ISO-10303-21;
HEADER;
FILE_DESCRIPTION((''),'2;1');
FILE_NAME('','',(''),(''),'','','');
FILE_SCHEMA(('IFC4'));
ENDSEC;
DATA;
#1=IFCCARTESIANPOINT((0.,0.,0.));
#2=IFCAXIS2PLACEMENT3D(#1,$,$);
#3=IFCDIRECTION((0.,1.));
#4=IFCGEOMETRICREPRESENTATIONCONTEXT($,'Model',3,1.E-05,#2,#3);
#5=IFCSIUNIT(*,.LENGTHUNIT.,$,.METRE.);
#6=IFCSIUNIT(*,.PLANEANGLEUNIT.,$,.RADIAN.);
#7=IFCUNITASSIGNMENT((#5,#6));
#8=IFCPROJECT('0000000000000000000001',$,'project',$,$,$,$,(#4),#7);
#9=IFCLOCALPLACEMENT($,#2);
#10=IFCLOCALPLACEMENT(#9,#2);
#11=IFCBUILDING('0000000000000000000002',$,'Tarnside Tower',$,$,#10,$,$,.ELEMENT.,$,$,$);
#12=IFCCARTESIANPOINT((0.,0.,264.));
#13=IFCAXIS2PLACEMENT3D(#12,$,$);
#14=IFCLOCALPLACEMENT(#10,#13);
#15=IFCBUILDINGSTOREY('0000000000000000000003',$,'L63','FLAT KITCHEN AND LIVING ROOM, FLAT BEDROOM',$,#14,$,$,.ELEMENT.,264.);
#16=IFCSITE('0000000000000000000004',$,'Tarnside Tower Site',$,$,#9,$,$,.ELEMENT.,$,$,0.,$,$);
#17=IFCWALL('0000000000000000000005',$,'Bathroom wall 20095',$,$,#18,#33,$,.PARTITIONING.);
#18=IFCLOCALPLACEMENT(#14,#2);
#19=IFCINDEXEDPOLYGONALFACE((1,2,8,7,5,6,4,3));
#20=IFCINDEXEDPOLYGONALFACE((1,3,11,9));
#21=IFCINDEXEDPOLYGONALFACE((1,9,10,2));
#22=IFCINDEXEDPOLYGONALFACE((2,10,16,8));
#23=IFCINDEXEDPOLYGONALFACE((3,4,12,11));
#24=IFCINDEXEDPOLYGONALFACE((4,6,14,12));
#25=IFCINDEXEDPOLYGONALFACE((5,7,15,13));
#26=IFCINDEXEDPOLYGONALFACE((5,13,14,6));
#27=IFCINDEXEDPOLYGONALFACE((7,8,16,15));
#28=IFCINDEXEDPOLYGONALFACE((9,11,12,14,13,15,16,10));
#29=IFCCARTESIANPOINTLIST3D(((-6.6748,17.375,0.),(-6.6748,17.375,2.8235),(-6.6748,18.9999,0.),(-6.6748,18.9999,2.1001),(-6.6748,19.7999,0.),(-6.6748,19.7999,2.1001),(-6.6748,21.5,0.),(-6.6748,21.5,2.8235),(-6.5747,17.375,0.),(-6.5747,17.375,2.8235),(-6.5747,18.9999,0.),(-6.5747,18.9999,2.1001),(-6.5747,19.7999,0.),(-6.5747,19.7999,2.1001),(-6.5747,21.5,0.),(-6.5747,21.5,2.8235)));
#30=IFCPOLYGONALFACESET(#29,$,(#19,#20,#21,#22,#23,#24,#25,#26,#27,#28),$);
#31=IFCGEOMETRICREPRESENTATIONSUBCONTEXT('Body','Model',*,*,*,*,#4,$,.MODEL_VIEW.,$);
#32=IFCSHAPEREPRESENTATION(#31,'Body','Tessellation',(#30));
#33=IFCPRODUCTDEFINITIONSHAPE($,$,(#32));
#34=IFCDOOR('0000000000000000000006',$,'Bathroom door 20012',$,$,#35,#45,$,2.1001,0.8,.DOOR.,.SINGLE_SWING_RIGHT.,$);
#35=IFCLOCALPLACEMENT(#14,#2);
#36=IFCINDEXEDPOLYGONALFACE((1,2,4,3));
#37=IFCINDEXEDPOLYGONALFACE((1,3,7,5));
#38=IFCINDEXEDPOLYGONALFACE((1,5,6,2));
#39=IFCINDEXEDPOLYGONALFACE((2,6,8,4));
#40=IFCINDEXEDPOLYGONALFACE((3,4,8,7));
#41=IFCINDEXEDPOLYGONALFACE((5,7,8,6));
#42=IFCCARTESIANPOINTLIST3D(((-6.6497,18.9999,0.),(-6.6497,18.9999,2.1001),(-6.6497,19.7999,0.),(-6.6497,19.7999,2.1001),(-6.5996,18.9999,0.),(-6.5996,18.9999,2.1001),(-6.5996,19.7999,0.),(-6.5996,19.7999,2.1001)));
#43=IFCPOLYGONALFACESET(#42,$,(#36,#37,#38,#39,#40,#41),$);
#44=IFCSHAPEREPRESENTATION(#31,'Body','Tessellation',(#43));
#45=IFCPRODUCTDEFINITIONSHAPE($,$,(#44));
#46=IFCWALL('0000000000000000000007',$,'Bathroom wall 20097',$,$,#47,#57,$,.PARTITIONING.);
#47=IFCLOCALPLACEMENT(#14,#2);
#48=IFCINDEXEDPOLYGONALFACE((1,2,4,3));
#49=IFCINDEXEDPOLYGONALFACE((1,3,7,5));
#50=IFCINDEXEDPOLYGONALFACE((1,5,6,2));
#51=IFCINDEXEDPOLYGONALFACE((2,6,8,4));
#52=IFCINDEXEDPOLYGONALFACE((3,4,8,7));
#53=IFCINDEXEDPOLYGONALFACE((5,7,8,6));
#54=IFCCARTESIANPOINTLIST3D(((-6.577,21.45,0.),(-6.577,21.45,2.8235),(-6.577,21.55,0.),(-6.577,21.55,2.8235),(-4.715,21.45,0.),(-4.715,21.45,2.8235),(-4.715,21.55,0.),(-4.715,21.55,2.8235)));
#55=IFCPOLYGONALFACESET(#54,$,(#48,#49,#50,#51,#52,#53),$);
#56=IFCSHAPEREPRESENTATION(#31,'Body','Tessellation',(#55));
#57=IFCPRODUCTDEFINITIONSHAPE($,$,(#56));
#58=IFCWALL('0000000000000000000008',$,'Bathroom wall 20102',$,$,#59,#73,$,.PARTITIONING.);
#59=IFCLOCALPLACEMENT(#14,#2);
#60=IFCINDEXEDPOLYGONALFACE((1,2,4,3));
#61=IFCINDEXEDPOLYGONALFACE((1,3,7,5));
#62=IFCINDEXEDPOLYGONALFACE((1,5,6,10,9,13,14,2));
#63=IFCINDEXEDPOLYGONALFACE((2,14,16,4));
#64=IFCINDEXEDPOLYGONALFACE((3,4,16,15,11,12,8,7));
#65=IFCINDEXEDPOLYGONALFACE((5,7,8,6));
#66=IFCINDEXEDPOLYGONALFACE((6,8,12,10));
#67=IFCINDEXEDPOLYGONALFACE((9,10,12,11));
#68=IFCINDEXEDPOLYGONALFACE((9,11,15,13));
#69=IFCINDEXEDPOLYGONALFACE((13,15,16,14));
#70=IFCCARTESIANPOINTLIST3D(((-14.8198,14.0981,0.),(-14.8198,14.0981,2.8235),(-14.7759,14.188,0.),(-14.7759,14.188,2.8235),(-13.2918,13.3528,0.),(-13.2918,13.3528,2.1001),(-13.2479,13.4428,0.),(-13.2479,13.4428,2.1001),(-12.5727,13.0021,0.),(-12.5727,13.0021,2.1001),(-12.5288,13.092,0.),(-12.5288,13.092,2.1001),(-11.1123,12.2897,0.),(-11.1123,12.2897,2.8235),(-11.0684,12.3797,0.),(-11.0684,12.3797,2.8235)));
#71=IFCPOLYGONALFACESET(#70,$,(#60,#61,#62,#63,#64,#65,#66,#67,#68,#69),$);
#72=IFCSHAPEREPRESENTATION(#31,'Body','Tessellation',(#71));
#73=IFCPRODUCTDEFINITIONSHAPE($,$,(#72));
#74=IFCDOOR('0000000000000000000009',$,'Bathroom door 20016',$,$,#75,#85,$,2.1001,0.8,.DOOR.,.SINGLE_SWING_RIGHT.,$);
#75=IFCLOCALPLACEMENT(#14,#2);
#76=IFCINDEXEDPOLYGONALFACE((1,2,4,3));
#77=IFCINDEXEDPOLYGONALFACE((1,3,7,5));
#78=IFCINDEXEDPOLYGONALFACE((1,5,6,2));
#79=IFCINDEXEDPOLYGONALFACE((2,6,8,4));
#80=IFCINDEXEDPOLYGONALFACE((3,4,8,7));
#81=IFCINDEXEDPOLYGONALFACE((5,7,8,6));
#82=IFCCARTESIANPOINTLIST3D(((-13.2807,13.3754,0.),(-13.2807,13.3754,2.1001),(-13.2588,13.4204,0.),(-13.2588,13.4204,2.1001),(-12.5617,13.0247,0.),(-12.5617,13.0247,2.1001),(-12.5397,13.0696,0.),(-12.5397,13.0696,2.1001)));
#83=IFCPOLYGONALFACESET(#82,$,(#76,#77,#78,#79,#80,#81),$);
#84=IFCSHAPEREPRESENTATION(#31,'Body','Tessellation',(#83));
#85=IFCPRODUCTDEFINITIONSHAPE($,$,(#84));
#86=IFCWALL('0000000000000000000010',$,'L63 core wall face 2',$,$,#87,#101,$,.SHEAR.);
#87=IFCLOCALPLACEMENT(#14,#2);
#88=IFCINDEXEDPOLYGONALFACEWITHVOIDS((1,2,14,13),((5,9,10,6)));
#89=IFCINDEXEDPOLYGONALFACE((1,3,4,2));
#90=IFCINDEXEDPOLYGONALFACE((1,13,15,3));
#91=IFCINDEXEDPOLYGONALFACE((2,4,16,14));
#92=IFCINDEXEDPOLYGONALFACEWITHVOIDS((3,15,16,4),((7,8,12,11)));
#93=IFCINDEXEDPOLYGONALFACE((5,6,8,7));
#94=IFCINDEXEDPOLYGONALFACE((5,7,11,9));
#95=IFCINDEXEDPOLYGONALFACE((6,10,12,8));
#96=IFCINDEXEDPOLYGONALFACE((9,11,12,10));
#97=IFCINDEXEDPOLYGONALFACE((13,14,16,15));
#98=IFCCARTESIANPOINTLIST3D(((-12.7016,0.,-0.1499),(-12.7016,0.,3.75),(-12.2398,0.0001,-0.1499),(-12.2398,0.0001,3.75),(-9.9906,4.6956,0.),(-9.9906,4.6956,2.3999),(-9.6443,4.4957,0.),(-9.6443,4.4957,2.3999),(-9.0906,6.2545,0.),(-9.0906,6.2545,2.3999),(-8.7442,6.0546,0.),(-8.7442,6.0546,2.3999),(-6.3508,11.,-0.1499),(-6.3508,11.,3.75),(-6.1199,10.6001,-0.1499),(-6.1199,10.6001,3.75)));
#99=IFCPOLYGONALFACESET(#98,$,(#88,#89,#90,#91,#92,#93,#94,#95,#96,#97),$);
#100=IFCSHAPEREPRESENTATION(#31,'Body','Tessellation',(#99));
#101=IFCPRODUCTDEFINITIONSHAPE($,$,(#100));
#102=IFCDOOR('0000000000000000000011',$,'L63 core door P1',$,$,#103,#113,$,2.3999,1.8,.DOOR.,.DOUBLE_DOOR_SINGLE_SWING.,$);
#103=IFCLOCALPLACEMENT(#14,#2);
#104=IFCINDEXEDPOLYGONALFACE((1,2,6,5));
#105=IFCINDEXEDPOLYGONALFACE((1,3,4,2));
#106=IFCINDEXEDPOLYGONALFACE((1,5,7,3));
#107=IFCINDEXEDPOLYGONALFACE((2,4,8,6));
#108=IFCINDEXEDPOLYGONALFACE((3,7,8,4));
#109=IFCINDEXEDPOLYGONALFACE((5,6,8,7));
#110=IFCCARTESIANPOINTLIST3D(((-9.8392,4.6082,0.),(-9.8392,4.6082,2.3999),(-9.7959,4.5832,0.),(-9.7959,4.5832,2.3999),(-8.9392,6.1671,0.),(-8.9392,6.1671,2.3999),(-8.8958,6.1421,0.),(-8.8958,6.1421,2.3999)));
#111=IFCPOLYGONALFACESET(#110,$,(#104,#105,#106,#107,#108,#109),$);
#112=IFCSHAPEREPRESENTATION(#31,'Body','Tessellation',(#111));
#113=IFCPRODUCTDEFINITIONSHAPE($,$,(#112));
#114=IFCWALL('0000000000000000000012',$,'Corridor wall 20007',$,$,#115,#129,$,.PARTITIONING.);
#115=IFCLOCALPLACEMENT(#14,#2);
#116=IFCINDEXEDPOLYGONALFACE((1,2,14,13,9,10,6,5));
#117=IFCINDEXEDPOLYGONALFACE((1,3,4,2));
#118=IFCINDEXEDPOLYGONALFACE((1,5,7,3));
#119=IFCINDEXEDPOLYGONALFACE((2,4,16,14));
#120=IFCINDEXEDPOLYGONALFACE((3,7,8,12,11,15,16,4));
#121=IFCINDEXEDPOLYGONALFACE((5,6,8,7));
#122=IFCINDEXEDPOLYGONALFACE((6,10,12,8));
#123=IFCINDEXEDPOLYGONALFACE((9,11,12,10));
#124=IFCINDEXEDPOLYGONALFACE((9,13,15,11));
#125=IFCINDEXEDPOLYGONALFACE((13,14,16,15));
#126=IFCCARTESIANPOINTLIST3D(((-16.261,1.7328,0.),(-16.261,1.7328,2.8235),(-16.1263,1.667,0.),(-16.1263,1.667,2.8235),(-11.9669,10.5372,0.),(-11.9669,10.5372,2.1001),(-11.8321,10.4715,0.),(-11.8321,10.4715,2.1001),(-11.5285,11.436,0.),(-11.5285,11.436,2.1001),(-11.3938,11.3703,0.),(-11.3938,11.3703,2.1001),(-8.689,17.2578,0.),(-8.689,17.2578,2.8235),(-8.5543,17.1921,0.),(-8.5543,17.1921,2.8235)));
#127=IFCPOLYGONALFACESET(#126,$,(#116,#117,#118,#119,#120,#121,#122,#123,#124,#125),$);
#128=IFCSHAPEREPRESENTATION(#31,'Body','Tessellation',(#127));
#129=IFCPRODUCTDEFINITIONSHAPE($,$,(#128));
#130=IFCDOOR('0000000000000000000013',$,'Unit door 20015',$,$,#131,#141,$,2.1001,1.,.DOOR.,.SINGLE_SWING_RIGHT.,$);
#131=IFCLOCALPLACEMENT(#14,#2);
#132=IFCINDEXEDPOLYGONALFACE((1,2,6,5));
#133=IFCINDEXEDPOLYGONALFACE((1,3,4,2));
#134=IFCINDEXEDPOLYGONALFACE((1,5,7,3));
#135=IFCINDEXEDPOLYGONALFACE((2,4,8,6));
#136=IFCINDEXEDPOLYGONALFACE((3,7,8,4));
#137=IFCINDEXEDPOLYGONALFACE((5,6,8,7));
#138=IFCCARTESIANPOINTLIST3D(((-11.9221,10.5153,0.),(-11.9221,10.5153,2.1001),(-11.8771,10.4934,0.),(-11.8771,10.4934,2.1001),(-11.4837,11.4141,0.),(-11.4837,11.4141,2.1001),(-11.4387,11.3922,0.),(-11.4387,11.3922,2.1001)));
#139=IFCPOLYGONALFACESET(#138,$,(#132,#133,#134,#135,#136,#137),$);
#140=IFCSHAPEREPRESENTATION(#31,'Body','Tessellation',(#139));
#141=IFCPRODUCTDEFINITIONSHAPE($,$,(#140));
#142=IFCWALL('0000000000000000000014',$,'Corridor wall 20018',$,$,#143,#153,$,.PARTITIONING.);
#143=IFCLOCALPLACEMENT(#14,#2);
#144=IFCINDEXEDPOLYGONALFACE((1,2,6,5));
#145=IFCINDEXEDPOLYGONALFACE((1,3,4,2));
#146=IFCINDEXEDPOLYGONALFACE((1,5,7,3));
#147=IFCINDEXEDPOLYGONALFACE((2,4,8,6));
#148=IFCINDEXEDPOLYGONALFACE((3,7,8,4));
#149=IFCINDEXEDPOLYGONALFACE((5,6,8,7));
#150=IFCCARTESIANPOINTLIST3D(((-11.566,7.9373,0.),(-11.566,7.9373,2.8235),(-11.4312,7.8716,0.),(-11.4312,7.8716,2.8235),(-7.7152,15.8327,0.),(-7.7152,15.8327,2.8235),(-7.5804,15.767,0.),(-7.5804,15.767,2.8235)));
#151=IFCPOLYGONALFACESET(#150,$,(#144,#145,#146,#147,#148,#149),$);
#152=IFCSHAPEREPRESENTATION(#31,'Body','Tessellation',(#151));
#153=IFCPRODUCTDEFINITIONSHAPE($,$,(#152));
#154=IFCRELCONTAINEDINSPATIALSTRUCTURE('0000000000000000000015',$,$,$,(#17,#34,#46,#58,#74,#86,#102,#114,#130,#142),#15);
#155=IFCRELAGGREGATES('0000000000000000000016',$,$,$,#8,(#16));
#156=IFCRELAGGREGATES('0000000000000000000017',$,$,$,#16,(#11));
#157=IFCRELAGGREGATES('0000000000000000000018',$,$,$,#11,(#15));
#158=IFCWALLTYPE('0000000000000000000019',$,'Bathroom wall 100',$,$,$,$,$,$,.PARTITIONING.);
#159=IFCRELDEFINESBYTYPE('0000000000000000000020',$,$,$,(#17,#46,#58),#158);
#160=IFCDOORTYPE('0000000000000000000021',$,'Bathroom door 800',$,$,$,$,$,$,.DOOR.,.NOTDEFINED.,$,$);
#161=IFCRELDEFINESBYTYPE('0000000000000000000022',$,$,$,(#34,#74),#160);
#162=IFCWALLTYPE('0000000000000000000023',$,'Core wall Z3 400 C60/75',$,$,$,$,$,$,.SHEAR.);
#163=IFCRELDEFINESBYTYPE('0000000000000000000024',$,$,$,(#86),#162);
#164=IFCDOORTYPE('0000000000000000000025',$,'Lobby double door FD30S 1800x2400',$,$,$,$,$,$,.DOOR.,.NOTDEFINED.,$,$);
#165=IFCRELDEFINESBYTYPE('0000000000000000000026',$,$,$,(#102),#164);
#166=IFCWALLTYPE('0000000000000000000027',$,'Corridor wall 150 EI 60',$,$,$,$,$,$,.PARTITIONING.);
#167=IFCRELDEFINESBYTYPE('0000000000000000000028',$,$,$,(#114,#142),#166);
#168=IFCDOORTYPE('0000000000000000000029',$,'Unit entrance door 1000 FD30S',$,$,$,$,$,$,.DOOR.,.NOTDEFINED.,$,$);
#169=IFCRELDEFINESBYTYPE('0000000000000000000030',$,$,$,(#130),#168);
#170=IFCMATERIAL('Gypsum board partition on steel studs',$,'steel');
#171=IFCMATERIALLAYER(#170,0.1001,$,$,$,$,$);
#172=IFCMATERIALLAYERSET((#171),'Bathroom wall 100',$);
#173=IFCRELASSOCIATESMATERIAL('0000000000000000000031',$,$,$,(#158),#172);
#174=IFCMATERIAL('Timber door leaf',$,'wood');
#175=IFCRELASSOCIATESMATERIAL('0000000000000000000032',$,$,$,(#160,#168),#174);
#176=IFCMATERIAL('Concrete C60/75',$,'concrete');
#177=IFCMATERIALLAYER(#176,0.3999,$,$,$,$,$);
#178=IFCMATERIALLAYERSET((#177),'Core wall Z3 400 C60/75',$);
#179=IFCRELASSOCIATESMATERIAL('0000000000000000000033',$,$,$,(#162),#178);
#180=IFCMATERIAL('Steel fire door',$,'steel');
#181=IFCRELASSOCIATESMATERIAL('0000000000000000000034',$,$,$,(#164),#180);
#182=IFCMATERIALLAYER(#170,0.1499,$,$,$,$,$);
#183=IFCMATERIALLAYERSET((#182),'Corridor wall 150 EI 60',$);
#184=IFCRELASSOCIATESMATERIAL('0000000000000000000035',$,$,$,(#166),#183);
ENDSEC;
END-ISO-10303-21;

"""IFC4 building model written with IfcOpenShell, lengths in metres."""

from ifc_helpers import new_model, si_unit, direction, frame, frame_2d, origin, place, context, subcontext, project, spatial, polyline, rectangle, outline, extrude, material, layer, layer_set, type_object, element, fill, save


model = new_model("IFC4")

# Units and contexts
model_context = context("Model", 3, precision=1e-05, world=origin(), true_north=direction((0.0, 1.0)))
body_context = subcontext(model_context, "Body", "Model", "MODEL_VIEW")
ifc_project = project(units=[si_unit("LENGTHUNIT", "METRE"), si_unit("PLANEANGLEUNIT", "RADIAN")], contexts=[model_context])

# Site, building, storey
site_placement = place(None, origin())
site = spatial("IfcSite", under=ifc_project, at=site_placement, Name="Tarnside Tower Site", CompositionType="ELEMENT", RefElevation=0.0)
building_placement = place(site_placement, origin())
building = spatial("IfcBuilding", under=site, at=building_placement, Name="Tarnside Tower", CompositionType="ELEMENT")
storey_placement = place(building_placement, frame((0.0, 0.0, 264.0)))
storey = spatial("IfcBuildingStorey", under=building, at=storey_placement, Name="L63", Description="FLAT KITCHEN AND LIVING ROOM, FLAT BEDROOM", CompositionType="ELEMENT", Elevation=264.0)

# Wall, opening, door
ifc_material_1 = material(Name="Gypsum board partition on steel studs", Category="steel")
ifc_layer_1 = layer(ifc_material_1, 0.1001)
ifc_layer_set_1 = layer_set([ifc_layer_1], Name="Bathroom wall 100")
wall_type_1 = type_object("IfcWallType", Name="Bathroom wall 100", PredefinedType="PARTITIONING", material=ifc_layer_set_1)
wall_1_placement = place(storey_placement, frame((-6.6248, 17.375, 0.0), z_axis=(0.0, 0.0, 1.0), x_axis=(0.0, 1.0, 0.0)))
wall_1 = element("IfcWall", 1, at=wall_1_placement, inside=storey, type_object=wall_type_1, Name="Bathroom wall 20095", PredefinedType="PARTITIONING", context=body_context, shape_type="SweptSolid", body=[
    extrude(rectangle(XDim=4.125, YDim=0.1001, at=frame_2d((2.0625, 0.0))), origin(), (0.0, 0.0, 1.0), 2.8235),
])
opening_1_placement = place(wall_1_placement, frame((1.625, 0.0, 0.0)))
opening_1 = element("IfcOpeningElement", 2, at=opening_1_placement, cuts=wall_1, PredefinedType="OPENING", context=body_context, shape_type="SweptSolid", body=[
    extrude(rectangle(XDim=0.8, YDim=2.1001, at=frame_2d((0.3999, 1.05))), frame((0.0, 0.0601, 0.0), z_axis=(0.0, -1.0, 0.0), x_axis=(1.0, 0.0, 0.0)), (0.0, 0.0, 1.0), 0.1201),
])
ifc_material_2 = material(Name="Timber door leaf", Category="wood")
door_type_1 = type_object("IfcDoorType", Name="Bathroom door 800", OperationType="NOTDEFINED", PredefinedType="DOOR", material=ifc_material_2)
door_1_placement = place(opening_1_placement, origin())
door_1 = element("IfcDoor", 3, at=door_1_placement, inside=storey, type_object=door_type_1, Name="Bathroom door 20012", OperationType="SINGLE_SWING_RIGHT", OverallHeight=2.1001, OverallWidth=0.8, PredefinedType="DOOR", context=body_context, shape_type="SweptSolid", body=[
    extrude(rectangle(XDim=0.8, YDim=2.1001, at=frame_2d((0.3999, 1.05))), frame((0.0, 0.0249, 0.0), z_axis=(0.0, -1.0, 0.0), x_axis=(1.0, 0.0, 0.0)), (0.0, 0.0, 1.0), 0.05),
])
fill(opening_1, door_1)

# Wall
wall_2_placement = place(storey_placement, frame((-4.7148, 21.5, 0.0), z_axis=(0.0, 0.0, 1.0), x_axis=(-1.0, 0.0, 0.0)))
element("IfcWall", 4, at=wall_2_placement, inside=storey, type_object=wall_type_1, Name="Bathroom wall 20097", PredefinedType="PARTITIONING", context=body_context, shape_type="SweptSolid", body=[
    extrude(rectangle(XDim=1.8621, YDim=0.1001, at=frame_2d((0.9312, 0.0))), origin(), (0.0, 0.0, 1.0), 2.8235),
])

# Walls, openings, doors
wall_3_placement = place(storey_placement, frame((-11.0903, 12.3347, 0.0), z_axis=(0.0, 0.0, 1.0), x_axis=(-0.898787, 0.438385, 0.0)))
wall_3 = element("IfcWall", 5, at=wall_3_placement, inside=storey, type_object=wall_type_1, Name="Bathroom wall 20102", PredefinedType="PARTITIONING", context=body_context, shape_type="SweptSolid", body=[
    extrude(rectangle(XDim=4.125, YDim=0.1001, at=frame_2d((2.0625, 0.0))), origin(), (0.0, 0.0, 1.0), 2.8235),
])
opening_2_placement = place(wall_3_placement, frame((1.625, 0.0, 0.0)))
opening_2 = element("IfcOpeningElement", 6, at=opening_2_placement, cuts=wall_3, PredefinedType="OPENING", context=body_context, shape_type="SweptSolid", body=[
    extrude(rectangle(XDim=0.8, YDim=2.1001, at=frame_2d((0.3999, 1.05))), frame((0.0, 0.0601, 0.0), z_axis=(0.0, -1.0, 0.0), x_axis=(1.0, 0.0, 0.0)), (0.0, 0.0, 1.0), 0.1201),
])
door_2_placement = place(opening_2_placement, origin())
door_2 = element("IfcDoor", 7, at=door_2_placement, inside=storey, type_object=door_type_1, Name="Bathroom door 20016", OperationType="SINGLE_SWING_RIGHT", OverallHeight=2.1001, OverallWidth=0.8, PredefinedType="DOOR", context=body_context, shape_type="SweptSolid", body=[
    extrude(rectangle(XDim=0.8, YDim=2.1001, at=frame_2d((0.3999, 1.05))), frame((0.0, 0.0249, 0.0), z_axis=(0.0, -1.0, 0.0), x_axis=(1.0, 0.0, 0.0)), (0.0, 0.0, 1.0), 0.05),
])
fill(opening_2, door_2)
ifc_material_3 = material(Name="Concrete C60/75", Category="concrete")
ifc_layer_2 = layer(ifc_material_3, 0.3999)
ifc_layer_set_2 = layer_set([ifc_layer_2], Name="Core wall Z3 400 C60/75")
wall_type_2 = type_object("IfcWallType", Name="Core wall Z3 400 C60/75", PredefinedType="SHEAR", material=ifc_layer_set_2)
wall_4_placement = place(storey_placement, frame((-6.2354, 10.8, -0.1499), z_axis=(0.0, 0.0, 1.0), x_axis=(-0.499996, -0.866027, 0.0)))
wall_4 = element("IfcWall", 8, at=wall_4_placement, inside=storey, type_object=wall_type_2, Name="L63 core wall face 2", PredefinedType="SHEAR", context=body_context, shape_type="SweptSolid", body=[
    extrude(outline(polyline([(-0.1155, -0.2), (12.5862, -0.2), (12.3552, 0.2), (0.1155, 0.2), (-0.1155, -0.2)])), origin(), (0.0, 0.0, 1.0), 3.8999),
])
opening_3_placement = place(wall_4_placement, frame((5.3643, 0.0, 0.1499)))
opening_3 = element("IfcOpeningElement", 9, at=opening_3_placement, cuts=wall_4, PredefinedType="OPENING", context=body_context, shape_type="SweptSolid", body=[
    extrude(rectangle(XDim=1.8, YDim=2.3999, at=frame_2d((0.8999, 1.2))), frame((0.0, 0.21, 0.0), z_axis=(0.0, -1.0, 0.0), x_axis=(1.0, 0.0, 0.0)), (0.0, 0.0, 1.0), 0.4199),
])
ifc_material_4 = material(Name="Steel fire door", Category="steel")
door_type_2 = type_object("IfcDoorType", Name="Lobby double door FD30S 1800x2400", OperationType="NOTDEFINED", PredefinedType="DOOR", material=ifc_material_4)
door_3_placement = place(opening_3_placement, origin())
door_3 = element("IfcDoor", 10, at=door_3_placement, inside=storey, type_object=door_type_2, Name="L63 core door P1", OperationType="DOUBLE_DOOR_SINGLE_SWING", OverallHeight=2.3999, OverallWidth=1.8, PredefinedType="DOOR", context=body_context, shape_type="SweptSolid", body=[
    extrude(rectangle(XDim=1.8, YDim=2.3999, at=frame_2d((0.8999, 1.2))), frame((0.0, 0.0249, 0.0), z_axis=(0.0, -1.0, 0.0), x_axis=(1.0, 0.0, 0.0)), (0.0, 0.0, 1.0), 0.05),
])
fill(opening_3, door_3)
ifc_layer_3 = layer(ifc_material_1, 0.1499)
ifc_layer_set_3 = layer_set([ifc_layer_3], Name="Corridor wall 150 EI 60")
wall_type_3 = type_object("IfcWallType", Name="Corridor wall 150 EI 60", PredefinedType="PARTITIONING", material=ifc_layer_set_3)
wall_5_placement = place(storey_placement, frame((-8.6216, 17.2251, 0.0), z_axis=(0.0, 0.0, 1.0), x_axis=(-0.438367, -0.898796, 0.0)))
wall_5 = element("IfcWall", 11, at=wall_5_placement, inside=storey, type_object=wall_type_3, Name="Corridor wall 20007", PredefinedType="PARTITIONING", context=body_context, shape_type="SweptSolid", body=[
    extrude(rectangle(XDim=17.2732, YDim=0.1499, at=frame_2d((8.6367, 0.0))), origin(), (0.0, 0.0, 1.0), 2.8235),
])
opening_4_placement = place(wall_5_placement, frame((6.4775, 0.0, 0.0)))
opening_4 = element("IfcOpeningElement", 12, at=opening_4_placement, cuts=wall_5, PredefinedType="OPENING", context=body_context, shape_type="SweptSolid", body=[
    extrude(rectangle(XDim=1.0, YDim=2.1001, at=frame_2d((0.5, 1.05))), frame((0.0, 0.085, 0.0), z_axis=(0.0, -1.0, 0.0), x_axis=(1.0, 0.0, 0.0)), (0.0, 0.0, 1.0), 0.1699),
])
door_type_3 = type_object("IfcDoorType", Name="Unit entrance door 1000 FD30S", OperationType="NOTDEFINED", PredefinedType="DOOR", material=ifc_material_2)
door_4_placement = place(opening_4_placement, origin())
door_4 = element("IfcDoor", 13, at=door_4_placement, inside=storey, type_object=door_type_3, Name="Unit door 20015", OperationType="SINGLE_SWING_RIGHT", OverallHeight=2.1001, OverallWidth=1.0, PredefinedType="DOOR", context=body_context, shape_type="SweptSolid", body=[
    extrude(rectangle(XDim=1.0, YDim=2.1001, at=frame_2d((0.5, 1.05))), frame((0.0, 0.0249, 0.0), z_axis=(0.0, -1.0, 0.0), x_axis=(1.0, 0.0, 0.0)), (0.0, 0.0, 1.0), 0.05),
])
fill(opening_4, door_4)

# Wall
wall_6_placement = place(storey_placement, frame((-11.4985, 7.9045, 0.0), z_axis=(0.0, 0.0, 1.0), x_axis=(0.438365, 0.898797, 0.0)))
element("IfcWall", 14, at=wall_6_placement, inside=storey, type_object=wall_type_3, Name="Corridor wall 20018", PredefinedType="PARTITIONING", context=body_context, shape_type="SweptSolid", body=[
    extrude(rectangle(XDim=8.7844, YDim=0.1499, at=frame_2d((4.3921, 0.0))), origin(), (0.0, 0.0, 1.0), 2.8235),
])

save(model, "model.ifc")
